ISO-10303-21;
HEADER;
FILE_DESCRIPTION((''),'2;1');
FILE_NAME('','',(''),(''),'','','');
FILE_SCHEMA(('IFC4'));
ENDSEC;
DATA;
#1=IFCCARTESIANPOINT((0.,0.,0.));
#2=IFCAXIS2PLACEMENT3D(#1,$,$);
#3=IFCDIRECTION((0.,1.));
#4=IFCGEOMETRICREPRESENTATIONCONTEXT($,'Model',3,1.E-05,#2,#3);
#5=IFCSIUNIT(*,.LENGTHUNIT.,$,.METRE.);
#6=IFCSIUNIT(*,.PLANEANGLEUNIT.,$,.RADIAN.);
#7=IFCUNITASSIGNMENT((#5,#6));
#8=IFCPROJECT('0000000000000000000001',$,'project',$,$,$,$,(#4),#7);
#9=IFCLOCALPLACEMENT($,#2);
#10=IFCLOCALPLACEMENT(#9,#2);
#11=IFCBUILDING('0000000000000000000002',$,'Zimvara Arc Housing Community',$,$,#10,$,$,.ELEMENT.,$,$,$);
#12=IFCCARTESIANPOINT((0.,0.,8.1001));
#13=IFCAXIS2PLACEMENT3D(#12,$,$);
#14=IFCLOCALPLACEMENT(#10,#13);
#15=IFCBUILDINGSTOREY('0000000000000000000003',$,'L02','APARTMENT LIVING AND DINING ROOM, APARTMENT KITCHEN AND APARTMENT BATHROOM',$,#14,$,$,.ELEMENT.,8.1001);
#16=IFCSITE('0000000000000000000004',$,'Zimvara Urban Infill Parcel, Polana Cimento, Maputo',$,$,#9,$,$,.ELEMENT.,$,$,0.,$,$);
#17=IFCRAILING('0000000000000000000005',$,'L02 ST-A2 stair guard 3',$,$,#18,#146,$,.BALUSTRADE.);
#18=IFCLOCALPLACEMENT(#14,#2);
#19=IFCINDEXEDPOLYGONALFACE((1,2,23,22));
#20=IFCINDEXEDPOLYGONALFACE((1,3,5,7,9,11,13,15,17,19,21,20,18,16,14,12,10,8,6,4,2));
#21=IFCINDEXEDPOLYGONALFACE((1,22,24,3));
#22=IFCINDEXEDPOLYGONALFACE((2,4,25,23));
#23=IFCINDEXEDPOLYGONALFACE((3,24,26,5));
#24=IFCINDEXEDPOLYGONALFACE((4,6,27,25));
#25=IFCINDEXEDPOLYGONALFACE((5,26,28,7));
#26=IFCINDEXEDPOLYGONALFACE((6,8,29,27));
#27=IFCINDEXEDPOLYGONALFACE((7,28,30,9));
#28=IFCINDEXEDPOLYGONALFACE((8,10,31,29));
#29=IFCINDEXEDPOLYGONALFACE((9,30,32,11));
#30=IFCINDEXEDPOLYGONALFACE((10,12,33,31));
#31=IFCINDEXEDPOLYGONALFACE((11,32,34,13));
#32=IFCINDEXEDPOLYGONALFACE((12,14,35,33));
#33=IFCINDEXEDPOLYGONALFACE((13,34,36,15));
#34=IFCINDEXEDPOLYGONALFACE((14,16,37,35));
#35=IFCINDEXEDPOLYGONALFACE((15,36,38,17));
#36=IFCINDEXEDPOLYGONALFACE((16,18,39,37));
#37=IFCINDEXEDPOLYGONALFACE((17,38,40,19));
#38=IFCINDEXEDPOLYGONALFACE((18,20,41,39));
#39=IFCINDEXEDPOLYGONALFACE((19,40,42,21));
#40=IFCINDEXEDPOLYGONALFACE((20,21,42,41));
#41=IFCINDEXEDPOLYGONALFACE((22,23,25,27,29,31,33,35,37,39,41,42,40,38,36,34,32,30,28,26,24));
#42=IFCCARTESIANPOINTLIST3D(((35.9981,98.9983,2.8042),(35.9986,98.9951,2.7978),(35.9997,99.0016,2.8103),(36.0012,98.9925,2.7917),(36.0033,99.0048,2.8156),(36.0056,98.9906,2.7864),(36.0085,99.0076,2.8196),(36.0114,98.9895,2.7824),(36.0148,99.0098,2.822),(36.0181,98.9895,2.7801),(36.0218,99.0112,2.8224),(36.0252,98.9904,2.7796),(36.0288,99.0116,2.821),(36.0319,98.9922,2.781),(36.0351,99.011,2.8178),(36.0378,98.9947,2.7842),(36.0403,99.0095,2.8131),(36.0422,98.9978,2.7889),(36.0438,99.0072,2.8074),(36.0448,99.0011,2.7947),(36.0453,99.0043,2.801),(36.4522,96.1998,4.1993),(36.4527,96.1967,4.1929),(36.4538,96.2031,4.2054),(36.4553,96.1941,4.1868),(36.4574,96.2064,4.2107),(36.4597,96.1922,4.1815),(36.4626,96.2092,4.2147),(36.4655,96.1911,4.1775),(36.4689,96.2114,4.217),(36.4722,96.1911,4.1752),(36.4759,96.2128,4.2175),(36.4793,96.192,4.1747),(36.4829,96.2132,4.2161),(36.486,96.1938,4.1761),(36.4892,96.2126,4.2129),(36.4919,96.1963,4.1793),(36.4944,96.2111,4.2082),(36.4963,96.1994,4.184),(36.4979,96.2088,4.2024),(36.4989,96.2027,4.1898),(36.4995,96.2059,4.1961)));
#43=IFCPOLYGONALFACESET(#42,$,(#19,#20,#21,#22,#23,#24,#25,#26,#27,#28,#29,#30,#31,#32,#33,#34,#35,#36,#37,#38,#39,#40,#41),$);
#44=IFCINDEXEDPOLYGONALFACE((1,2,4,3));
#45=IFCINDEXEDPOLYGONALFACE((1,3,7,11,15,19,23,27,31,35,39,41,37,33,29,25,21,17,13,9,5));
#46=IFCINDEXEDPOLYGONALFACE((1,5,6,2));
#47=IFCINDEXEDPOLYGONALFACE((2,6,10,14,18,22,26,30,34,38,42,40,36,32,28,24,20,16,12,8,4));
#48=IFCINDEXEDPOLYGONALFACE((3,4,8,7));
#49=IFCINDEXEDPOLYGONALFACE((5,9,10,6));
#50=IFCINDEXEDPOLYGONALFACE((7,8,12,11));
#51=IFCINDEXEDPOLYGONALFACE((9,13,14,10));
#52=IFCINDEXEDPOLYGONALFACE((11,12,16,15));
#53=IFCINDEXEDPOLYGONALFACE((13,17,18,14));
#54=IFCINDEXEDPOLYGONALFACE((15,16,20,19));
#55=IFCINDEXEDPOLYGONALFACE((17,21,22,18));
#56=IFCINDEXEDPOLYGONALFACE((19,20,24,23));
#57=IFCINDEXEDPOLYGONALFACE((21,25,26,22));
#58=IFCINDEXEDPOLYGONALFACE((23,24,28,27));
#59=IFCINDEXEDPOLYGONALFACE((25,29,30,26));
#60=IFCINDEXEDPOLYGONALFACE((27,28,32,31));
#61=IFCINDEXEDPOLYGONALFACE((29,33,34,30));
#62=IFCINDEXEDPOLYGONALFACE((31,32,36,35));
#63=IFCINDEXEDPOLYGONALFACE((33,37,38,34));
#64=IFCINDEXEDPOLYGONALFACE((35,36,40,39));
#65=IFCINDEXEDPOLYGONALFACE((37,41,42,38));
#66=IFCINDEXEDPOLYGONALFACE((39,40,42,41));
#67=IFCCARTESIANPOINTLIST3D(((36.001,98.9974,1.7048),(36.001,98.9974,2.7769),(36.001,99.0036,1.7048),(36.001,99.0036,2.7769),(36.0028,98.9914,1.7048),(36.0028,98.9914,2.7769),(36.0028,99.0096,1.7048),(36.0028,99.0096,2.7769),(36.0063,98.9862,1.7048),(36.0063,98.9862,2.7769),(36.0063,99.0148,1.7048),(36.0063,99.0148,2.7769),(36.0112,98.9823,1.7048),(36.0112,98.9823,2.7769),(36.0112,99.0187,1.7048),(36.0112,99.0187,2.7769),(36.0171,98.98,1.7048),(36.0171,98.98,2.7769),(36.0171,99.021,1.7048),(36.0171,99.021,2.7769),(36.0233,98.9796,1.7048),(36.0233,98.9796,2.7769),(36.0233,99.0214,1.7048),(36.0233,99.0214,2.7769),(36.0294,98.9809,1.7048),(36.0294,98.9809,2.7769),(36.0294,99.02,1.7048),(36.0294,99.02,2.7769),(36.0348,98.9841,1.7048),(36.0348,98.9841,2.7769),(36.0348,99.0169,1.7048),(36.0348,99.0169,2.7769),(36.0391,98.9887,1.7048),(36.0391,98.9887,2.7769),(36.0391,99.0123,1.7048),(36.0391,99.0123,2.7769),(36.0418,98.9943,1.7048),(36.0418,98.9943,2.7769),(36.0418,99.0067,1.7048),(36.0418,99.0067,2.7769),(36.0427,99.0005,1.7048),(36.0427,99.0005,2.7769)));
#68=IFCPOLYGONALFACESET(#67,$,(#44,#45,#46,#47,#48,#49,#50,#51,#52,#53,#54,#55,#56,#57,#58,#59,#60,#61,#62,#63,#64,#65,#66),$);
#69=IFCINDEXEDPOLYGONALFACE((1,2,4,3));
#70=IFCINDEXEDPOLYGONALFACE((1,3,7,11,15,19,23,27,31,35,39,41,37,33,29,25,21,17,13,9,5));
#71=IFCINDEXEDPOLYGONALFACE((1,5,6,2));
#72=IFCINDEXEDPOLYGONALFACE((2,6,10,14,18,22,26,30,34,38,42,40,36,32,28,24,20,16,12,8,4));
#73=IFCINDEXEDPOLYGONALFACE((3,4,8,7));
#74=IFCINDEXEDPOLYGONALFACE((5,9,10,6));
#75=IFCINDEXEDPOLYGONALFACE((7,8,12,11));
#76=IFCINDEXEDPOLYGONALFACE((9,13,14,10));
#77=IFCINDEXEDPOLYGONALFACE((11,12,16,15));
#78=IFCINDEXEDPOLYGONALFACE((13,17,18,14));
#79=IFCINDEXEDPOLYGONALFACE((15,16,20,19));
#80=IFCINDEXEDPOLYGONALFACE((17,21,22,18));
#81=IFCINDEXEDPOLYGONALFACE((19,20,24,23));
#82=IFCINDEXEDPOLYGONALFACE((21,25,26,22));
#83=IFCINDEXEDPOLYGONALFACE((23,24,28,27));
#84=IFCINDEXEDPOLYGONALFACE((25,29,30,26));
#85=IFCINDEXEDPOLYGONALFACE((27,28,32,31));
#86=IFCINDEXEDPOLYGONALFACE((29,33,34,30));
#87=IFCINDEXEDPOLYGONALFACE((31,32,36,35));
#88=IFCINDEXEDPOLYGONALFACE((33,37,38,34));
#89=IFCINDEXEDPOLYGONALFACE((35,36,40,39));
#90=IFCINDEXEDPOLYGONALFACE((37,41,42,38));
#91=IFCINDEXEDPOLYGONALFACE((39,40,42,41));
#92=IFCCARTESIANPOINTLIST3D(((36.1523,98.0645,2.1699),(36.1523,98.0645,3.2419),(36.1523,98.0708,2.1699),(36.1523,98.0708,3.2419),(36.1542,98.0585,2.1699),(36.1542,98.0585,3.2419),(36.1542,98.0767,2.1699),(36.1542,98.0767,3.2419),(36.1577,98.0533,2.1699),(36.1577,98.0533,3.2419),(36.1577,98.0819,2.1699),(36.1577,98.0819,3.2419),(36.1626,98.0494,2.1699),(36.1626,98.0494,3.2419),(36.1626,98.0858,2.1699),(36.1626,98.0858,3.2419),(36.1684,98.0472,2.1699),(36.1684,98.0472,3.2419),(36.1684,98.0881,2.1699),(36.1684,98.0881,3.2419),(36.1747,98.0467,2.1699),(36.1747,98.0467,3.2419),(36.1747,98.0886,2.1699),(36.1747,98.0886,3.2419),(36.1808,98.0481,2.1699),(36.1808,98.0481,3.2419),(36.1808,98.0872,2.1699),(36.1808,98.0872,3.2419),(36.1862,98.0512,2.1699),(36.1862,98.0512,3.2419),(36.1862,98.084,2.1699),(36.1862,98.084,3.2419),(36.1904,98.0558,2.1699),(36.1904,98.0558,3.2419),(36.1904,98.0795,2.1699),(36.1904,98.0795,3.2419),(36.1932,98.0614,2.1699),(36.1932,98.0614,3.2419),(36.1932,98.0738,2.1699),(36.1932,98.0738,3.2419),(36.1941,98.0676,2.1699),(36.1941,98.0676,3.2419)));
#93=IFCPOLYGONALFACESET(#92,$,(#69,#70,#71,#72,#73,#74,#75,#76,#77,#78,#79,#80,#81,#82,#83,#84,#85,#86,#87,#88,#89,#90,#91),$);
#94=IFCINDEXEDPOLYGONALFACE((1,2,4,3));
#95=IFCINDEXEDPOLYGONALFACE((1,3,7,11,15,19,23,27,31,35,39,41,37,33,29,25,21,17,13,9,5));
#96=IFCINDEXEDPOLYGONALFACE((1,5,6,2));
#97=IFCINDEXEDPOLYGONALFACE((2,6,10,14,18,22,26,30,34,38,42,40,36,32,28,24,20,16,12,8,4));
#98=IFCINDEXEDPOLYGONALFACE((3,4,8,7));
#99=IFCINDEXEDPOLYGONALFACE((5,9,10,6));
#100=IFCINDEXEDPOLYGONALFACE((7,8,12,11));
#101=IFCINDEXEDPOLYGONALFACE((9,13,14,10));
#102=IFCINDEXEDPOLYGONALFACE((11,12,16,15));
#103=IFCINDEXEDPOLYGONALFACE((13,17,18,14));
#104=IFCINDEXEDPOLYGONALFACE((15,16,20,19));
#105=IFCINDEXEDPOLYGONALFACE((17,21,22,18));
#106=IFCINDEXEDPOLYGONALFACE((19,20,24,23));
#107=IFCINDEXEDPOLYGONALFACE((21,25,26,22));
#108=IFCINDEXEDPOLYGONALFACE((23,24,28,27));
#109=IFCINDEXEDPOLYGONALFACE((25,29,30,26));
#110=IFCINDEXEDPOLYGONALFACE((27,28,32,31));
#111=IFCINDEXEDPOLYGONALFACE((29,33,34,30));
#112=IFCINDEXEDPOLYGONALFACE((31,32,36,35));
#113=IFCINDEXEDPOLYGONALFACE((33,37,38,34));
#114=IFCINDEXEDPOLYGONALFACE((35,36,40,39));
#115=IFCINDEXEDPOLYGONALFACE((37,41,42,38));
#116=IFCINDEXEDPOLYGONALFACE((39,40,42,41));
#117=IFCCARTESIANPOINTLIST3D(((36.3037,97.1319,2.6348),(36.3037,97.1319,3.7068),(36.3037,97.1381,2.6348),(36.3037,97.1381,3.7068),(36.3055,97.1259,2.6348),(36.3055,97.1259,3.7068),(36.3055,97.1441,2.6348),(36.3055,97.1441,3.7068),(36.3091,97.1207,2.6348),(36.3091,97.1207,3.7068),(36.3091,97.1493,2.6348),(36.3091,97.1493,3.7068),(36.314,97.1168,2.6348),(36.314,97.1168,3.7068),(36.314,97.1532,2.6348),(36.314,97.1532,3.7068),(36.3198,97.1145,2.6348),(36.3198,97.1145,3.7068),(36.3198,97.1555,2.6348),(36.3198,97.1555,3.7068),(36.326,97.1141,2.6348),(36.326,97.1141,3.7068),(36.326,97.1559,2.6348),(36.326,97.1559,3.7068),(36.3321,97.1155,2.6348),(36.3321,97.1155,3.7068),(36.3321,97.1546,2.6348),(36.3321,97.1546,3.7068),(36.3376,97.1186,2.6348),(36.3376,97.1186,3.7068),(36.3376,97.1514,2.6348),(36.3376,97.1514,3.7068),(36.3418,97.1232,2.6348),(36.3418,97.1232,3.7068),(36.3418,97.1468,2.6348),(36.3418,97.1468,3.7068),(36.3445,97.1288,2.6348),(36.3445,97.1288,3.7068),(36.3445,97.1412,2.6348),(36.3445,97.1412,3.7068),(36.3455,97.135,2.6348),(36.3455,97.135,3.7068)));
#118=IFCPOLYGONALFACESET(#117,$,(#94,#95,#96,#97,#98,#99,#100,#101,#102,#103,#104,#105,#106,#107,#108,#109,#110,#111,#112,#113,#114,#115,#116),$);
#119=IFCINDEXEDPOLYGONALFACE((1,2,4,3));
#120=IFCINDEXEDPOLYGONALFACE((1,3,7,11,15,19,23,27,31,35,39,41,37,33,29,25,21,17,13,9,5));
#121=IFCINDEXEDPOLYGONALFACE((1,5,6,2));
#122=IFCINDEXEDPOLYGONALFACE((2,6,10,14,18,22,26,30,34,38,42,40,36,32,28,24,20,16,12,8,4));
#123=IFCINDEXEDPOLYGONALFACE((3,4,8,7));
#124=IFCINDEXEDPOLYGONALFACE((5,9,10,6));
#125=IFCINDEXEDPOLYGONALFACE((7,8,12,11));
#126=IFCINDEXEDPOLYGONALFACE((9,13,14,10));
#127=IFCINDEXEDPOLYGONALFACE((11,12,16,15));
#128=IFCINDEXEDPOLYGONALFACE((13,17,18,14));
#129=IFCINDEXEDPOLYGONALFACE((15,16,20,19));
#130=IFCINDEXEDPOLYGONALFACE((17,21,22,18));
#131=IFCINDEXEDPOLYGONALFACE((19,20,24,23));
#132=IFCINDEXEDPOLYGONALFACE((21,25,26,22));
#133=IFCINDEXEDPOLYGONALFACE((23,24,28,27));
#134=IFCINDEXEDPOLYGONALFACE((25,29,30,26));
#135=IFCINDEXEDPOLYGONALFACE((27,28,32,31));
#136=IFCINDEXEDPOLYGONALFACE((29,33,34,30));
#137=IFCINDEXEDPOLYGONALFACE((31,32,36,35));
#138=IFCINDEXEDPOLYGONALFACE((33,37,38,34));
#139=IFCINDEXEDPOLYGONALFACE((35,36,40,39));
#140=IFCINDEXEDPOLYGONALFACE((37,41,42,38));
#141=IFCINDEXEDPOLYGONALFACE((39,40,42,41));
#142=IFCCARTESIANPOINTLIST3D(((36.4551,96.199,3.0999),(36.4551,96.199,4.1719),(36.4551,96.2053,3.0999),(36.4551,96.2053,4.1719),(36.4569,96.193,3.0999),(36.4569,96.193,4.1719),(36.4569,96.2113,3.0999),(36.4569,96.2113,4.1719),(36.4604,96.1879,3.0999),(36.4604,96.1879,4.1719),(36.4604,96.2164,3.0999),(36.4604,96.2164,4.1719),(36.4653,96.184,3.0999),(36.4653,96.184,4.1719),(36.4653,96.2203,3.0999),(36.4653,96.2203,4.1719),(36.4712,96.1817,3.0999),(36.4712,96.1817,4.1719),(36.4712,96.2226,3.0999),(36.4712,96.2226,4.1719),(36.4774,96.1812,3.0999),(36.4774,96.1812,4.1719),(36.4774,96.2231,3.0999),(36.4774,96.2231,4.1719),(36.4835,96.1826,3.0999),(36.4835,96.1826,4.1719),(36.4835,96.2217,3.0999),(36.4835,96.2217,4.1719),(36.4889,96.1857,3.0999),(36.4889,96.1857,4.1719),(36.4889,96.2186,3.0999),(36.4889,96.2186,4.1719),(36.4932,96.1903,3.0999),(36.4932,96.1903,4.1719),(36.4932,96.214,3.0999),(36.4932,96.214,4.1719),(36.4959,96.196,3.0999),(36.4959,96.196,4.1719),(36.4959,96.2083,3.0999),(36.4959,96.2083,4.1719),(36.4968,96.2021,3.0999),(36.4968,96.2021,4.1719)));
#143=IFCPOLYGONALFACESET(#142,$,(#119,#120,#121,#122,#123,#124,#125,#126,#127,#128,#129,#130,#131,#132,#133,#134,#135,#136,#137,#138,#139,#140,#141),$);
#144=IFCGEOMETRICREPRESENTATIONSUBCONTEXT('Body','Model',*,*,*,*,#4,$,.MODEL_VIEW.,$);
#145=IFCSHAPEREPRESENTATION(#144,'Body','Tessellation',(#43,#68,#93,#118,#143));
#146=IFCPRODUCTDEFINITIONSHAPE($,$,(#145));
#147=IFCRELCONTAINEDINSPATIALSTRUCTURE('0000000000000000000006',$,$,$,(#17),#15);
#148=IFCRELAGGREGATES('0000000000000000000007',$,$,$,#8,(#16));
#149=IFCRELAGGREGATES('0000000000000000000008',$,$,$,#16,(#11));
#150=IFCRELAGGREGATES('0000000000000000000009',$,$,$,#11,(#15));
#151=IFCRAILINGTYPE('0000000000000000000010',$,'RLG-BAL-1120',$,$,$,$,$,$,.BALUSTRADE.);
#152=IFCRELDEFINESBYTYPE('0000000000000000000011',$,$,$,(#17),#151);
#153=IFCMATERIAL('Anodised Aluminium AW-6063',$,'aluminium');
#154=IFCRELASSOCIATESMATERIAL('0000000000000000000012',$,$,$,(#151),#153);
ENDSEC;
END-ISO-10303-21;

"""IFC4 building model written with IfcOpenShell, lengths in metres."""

from ifc_helpers import new_model, si_unit, direction, frame, origin, origin_2d, place, context, subcontext, project, spatial, circle, extrude, material, type_object, element, save


model = new_model("IFC4")

# Units and contexts
model_context = context("Model", 3, precision=1e-05, world=origin(), true_north=direction((0.0, 1.0)))
body_context = subcontext(model_context, "Body", "Model", "MODEL_VIEW")
ifc_project = project(units=[si_unit("LENGTHUNIT", "METRE"), si_unit("PLANEANGLEUNIT", "RADIAN")], contexts=[model_context])

# Site, building, storey
site_placement = place(None, origin())
site = spatial("IfcSite", under=ifc_project, at=site_placement, Name="Zimvara Urban Infill Parcel, Polana Cimento, Maputo", CompositionType="ELEMENT", RefElevation=0.0)
building_placement = place(site_placement, origin())
building = spatial("IfcBuilding", under=site, at=building_placement, Name="Zimvara Arc Housing Community", CompositionType="ELEMENT")
storey_placement = place(building_placement, frame((0.0, 0.0, 8.1001)))
storey = spatial("IfcBuildingStorey", under=building, at=storey_placement, Name="L02", Description="APARTMENT LIVING AND DINING ROOM, APARTMENT KITCHEN AND APARTMENT BATHROOM", CompositionType="ELEMENT", Elevation=8.1001)

# Railing
ifc_material_1 = material(Name="Anodised Aluminium AW-6063", Category="aluminium")
railing_type_1 = type_object("IfcRailingType", Name="RLG-BAL-1120", PredefinedType="BALUSTRADE", material=ifc_material_1)
railing_1_placement = place(storey_placement, frame((36.0217, 99.0005, 1.7048)))
element("IfcRailing", 1, at=railing_1_placement, inside=storey, type_object=railing_type_1, Name="L02 ST-A2 stair guard 3", PredefinedType="BALUSTRADE", context=body_context, shape_type="SweptSolid", body=[
    extrude(circle(Radius=0.0239, at=origin_2d()), frame((0.0, 0.0, 1.0962), z_axis=(0.143722, -0.885666, 0.44152), x_axis=(0.987088, 0.16018, 0.0)), (0.0, 0.0, 1.0), 3.1597),
    extrude(circle(Radius=0.021, at=origin_2d()), origin(), (0.0, 0.0, 1.0), 1.072),
    extrude(circle(Radius=0.021, at=origin_2d()), frame((0.1514, -0.9329, 0.4651)), (0.0, 0.0, 1.0), 1.072),
    extrude(circle(Radius=0.021, at=origin_2d()), frame((0.3027, -1.8655, 0.9299)), (0.0, 0.0, 1.0), 1.072),
    extrude(circle(Radius=0.021, at=origin_2d()), frame((0.4541, -2.7983, 1.395)), (0.0, 0.0, 1.0), 1.072),
])

save(model, "model.ifc")
